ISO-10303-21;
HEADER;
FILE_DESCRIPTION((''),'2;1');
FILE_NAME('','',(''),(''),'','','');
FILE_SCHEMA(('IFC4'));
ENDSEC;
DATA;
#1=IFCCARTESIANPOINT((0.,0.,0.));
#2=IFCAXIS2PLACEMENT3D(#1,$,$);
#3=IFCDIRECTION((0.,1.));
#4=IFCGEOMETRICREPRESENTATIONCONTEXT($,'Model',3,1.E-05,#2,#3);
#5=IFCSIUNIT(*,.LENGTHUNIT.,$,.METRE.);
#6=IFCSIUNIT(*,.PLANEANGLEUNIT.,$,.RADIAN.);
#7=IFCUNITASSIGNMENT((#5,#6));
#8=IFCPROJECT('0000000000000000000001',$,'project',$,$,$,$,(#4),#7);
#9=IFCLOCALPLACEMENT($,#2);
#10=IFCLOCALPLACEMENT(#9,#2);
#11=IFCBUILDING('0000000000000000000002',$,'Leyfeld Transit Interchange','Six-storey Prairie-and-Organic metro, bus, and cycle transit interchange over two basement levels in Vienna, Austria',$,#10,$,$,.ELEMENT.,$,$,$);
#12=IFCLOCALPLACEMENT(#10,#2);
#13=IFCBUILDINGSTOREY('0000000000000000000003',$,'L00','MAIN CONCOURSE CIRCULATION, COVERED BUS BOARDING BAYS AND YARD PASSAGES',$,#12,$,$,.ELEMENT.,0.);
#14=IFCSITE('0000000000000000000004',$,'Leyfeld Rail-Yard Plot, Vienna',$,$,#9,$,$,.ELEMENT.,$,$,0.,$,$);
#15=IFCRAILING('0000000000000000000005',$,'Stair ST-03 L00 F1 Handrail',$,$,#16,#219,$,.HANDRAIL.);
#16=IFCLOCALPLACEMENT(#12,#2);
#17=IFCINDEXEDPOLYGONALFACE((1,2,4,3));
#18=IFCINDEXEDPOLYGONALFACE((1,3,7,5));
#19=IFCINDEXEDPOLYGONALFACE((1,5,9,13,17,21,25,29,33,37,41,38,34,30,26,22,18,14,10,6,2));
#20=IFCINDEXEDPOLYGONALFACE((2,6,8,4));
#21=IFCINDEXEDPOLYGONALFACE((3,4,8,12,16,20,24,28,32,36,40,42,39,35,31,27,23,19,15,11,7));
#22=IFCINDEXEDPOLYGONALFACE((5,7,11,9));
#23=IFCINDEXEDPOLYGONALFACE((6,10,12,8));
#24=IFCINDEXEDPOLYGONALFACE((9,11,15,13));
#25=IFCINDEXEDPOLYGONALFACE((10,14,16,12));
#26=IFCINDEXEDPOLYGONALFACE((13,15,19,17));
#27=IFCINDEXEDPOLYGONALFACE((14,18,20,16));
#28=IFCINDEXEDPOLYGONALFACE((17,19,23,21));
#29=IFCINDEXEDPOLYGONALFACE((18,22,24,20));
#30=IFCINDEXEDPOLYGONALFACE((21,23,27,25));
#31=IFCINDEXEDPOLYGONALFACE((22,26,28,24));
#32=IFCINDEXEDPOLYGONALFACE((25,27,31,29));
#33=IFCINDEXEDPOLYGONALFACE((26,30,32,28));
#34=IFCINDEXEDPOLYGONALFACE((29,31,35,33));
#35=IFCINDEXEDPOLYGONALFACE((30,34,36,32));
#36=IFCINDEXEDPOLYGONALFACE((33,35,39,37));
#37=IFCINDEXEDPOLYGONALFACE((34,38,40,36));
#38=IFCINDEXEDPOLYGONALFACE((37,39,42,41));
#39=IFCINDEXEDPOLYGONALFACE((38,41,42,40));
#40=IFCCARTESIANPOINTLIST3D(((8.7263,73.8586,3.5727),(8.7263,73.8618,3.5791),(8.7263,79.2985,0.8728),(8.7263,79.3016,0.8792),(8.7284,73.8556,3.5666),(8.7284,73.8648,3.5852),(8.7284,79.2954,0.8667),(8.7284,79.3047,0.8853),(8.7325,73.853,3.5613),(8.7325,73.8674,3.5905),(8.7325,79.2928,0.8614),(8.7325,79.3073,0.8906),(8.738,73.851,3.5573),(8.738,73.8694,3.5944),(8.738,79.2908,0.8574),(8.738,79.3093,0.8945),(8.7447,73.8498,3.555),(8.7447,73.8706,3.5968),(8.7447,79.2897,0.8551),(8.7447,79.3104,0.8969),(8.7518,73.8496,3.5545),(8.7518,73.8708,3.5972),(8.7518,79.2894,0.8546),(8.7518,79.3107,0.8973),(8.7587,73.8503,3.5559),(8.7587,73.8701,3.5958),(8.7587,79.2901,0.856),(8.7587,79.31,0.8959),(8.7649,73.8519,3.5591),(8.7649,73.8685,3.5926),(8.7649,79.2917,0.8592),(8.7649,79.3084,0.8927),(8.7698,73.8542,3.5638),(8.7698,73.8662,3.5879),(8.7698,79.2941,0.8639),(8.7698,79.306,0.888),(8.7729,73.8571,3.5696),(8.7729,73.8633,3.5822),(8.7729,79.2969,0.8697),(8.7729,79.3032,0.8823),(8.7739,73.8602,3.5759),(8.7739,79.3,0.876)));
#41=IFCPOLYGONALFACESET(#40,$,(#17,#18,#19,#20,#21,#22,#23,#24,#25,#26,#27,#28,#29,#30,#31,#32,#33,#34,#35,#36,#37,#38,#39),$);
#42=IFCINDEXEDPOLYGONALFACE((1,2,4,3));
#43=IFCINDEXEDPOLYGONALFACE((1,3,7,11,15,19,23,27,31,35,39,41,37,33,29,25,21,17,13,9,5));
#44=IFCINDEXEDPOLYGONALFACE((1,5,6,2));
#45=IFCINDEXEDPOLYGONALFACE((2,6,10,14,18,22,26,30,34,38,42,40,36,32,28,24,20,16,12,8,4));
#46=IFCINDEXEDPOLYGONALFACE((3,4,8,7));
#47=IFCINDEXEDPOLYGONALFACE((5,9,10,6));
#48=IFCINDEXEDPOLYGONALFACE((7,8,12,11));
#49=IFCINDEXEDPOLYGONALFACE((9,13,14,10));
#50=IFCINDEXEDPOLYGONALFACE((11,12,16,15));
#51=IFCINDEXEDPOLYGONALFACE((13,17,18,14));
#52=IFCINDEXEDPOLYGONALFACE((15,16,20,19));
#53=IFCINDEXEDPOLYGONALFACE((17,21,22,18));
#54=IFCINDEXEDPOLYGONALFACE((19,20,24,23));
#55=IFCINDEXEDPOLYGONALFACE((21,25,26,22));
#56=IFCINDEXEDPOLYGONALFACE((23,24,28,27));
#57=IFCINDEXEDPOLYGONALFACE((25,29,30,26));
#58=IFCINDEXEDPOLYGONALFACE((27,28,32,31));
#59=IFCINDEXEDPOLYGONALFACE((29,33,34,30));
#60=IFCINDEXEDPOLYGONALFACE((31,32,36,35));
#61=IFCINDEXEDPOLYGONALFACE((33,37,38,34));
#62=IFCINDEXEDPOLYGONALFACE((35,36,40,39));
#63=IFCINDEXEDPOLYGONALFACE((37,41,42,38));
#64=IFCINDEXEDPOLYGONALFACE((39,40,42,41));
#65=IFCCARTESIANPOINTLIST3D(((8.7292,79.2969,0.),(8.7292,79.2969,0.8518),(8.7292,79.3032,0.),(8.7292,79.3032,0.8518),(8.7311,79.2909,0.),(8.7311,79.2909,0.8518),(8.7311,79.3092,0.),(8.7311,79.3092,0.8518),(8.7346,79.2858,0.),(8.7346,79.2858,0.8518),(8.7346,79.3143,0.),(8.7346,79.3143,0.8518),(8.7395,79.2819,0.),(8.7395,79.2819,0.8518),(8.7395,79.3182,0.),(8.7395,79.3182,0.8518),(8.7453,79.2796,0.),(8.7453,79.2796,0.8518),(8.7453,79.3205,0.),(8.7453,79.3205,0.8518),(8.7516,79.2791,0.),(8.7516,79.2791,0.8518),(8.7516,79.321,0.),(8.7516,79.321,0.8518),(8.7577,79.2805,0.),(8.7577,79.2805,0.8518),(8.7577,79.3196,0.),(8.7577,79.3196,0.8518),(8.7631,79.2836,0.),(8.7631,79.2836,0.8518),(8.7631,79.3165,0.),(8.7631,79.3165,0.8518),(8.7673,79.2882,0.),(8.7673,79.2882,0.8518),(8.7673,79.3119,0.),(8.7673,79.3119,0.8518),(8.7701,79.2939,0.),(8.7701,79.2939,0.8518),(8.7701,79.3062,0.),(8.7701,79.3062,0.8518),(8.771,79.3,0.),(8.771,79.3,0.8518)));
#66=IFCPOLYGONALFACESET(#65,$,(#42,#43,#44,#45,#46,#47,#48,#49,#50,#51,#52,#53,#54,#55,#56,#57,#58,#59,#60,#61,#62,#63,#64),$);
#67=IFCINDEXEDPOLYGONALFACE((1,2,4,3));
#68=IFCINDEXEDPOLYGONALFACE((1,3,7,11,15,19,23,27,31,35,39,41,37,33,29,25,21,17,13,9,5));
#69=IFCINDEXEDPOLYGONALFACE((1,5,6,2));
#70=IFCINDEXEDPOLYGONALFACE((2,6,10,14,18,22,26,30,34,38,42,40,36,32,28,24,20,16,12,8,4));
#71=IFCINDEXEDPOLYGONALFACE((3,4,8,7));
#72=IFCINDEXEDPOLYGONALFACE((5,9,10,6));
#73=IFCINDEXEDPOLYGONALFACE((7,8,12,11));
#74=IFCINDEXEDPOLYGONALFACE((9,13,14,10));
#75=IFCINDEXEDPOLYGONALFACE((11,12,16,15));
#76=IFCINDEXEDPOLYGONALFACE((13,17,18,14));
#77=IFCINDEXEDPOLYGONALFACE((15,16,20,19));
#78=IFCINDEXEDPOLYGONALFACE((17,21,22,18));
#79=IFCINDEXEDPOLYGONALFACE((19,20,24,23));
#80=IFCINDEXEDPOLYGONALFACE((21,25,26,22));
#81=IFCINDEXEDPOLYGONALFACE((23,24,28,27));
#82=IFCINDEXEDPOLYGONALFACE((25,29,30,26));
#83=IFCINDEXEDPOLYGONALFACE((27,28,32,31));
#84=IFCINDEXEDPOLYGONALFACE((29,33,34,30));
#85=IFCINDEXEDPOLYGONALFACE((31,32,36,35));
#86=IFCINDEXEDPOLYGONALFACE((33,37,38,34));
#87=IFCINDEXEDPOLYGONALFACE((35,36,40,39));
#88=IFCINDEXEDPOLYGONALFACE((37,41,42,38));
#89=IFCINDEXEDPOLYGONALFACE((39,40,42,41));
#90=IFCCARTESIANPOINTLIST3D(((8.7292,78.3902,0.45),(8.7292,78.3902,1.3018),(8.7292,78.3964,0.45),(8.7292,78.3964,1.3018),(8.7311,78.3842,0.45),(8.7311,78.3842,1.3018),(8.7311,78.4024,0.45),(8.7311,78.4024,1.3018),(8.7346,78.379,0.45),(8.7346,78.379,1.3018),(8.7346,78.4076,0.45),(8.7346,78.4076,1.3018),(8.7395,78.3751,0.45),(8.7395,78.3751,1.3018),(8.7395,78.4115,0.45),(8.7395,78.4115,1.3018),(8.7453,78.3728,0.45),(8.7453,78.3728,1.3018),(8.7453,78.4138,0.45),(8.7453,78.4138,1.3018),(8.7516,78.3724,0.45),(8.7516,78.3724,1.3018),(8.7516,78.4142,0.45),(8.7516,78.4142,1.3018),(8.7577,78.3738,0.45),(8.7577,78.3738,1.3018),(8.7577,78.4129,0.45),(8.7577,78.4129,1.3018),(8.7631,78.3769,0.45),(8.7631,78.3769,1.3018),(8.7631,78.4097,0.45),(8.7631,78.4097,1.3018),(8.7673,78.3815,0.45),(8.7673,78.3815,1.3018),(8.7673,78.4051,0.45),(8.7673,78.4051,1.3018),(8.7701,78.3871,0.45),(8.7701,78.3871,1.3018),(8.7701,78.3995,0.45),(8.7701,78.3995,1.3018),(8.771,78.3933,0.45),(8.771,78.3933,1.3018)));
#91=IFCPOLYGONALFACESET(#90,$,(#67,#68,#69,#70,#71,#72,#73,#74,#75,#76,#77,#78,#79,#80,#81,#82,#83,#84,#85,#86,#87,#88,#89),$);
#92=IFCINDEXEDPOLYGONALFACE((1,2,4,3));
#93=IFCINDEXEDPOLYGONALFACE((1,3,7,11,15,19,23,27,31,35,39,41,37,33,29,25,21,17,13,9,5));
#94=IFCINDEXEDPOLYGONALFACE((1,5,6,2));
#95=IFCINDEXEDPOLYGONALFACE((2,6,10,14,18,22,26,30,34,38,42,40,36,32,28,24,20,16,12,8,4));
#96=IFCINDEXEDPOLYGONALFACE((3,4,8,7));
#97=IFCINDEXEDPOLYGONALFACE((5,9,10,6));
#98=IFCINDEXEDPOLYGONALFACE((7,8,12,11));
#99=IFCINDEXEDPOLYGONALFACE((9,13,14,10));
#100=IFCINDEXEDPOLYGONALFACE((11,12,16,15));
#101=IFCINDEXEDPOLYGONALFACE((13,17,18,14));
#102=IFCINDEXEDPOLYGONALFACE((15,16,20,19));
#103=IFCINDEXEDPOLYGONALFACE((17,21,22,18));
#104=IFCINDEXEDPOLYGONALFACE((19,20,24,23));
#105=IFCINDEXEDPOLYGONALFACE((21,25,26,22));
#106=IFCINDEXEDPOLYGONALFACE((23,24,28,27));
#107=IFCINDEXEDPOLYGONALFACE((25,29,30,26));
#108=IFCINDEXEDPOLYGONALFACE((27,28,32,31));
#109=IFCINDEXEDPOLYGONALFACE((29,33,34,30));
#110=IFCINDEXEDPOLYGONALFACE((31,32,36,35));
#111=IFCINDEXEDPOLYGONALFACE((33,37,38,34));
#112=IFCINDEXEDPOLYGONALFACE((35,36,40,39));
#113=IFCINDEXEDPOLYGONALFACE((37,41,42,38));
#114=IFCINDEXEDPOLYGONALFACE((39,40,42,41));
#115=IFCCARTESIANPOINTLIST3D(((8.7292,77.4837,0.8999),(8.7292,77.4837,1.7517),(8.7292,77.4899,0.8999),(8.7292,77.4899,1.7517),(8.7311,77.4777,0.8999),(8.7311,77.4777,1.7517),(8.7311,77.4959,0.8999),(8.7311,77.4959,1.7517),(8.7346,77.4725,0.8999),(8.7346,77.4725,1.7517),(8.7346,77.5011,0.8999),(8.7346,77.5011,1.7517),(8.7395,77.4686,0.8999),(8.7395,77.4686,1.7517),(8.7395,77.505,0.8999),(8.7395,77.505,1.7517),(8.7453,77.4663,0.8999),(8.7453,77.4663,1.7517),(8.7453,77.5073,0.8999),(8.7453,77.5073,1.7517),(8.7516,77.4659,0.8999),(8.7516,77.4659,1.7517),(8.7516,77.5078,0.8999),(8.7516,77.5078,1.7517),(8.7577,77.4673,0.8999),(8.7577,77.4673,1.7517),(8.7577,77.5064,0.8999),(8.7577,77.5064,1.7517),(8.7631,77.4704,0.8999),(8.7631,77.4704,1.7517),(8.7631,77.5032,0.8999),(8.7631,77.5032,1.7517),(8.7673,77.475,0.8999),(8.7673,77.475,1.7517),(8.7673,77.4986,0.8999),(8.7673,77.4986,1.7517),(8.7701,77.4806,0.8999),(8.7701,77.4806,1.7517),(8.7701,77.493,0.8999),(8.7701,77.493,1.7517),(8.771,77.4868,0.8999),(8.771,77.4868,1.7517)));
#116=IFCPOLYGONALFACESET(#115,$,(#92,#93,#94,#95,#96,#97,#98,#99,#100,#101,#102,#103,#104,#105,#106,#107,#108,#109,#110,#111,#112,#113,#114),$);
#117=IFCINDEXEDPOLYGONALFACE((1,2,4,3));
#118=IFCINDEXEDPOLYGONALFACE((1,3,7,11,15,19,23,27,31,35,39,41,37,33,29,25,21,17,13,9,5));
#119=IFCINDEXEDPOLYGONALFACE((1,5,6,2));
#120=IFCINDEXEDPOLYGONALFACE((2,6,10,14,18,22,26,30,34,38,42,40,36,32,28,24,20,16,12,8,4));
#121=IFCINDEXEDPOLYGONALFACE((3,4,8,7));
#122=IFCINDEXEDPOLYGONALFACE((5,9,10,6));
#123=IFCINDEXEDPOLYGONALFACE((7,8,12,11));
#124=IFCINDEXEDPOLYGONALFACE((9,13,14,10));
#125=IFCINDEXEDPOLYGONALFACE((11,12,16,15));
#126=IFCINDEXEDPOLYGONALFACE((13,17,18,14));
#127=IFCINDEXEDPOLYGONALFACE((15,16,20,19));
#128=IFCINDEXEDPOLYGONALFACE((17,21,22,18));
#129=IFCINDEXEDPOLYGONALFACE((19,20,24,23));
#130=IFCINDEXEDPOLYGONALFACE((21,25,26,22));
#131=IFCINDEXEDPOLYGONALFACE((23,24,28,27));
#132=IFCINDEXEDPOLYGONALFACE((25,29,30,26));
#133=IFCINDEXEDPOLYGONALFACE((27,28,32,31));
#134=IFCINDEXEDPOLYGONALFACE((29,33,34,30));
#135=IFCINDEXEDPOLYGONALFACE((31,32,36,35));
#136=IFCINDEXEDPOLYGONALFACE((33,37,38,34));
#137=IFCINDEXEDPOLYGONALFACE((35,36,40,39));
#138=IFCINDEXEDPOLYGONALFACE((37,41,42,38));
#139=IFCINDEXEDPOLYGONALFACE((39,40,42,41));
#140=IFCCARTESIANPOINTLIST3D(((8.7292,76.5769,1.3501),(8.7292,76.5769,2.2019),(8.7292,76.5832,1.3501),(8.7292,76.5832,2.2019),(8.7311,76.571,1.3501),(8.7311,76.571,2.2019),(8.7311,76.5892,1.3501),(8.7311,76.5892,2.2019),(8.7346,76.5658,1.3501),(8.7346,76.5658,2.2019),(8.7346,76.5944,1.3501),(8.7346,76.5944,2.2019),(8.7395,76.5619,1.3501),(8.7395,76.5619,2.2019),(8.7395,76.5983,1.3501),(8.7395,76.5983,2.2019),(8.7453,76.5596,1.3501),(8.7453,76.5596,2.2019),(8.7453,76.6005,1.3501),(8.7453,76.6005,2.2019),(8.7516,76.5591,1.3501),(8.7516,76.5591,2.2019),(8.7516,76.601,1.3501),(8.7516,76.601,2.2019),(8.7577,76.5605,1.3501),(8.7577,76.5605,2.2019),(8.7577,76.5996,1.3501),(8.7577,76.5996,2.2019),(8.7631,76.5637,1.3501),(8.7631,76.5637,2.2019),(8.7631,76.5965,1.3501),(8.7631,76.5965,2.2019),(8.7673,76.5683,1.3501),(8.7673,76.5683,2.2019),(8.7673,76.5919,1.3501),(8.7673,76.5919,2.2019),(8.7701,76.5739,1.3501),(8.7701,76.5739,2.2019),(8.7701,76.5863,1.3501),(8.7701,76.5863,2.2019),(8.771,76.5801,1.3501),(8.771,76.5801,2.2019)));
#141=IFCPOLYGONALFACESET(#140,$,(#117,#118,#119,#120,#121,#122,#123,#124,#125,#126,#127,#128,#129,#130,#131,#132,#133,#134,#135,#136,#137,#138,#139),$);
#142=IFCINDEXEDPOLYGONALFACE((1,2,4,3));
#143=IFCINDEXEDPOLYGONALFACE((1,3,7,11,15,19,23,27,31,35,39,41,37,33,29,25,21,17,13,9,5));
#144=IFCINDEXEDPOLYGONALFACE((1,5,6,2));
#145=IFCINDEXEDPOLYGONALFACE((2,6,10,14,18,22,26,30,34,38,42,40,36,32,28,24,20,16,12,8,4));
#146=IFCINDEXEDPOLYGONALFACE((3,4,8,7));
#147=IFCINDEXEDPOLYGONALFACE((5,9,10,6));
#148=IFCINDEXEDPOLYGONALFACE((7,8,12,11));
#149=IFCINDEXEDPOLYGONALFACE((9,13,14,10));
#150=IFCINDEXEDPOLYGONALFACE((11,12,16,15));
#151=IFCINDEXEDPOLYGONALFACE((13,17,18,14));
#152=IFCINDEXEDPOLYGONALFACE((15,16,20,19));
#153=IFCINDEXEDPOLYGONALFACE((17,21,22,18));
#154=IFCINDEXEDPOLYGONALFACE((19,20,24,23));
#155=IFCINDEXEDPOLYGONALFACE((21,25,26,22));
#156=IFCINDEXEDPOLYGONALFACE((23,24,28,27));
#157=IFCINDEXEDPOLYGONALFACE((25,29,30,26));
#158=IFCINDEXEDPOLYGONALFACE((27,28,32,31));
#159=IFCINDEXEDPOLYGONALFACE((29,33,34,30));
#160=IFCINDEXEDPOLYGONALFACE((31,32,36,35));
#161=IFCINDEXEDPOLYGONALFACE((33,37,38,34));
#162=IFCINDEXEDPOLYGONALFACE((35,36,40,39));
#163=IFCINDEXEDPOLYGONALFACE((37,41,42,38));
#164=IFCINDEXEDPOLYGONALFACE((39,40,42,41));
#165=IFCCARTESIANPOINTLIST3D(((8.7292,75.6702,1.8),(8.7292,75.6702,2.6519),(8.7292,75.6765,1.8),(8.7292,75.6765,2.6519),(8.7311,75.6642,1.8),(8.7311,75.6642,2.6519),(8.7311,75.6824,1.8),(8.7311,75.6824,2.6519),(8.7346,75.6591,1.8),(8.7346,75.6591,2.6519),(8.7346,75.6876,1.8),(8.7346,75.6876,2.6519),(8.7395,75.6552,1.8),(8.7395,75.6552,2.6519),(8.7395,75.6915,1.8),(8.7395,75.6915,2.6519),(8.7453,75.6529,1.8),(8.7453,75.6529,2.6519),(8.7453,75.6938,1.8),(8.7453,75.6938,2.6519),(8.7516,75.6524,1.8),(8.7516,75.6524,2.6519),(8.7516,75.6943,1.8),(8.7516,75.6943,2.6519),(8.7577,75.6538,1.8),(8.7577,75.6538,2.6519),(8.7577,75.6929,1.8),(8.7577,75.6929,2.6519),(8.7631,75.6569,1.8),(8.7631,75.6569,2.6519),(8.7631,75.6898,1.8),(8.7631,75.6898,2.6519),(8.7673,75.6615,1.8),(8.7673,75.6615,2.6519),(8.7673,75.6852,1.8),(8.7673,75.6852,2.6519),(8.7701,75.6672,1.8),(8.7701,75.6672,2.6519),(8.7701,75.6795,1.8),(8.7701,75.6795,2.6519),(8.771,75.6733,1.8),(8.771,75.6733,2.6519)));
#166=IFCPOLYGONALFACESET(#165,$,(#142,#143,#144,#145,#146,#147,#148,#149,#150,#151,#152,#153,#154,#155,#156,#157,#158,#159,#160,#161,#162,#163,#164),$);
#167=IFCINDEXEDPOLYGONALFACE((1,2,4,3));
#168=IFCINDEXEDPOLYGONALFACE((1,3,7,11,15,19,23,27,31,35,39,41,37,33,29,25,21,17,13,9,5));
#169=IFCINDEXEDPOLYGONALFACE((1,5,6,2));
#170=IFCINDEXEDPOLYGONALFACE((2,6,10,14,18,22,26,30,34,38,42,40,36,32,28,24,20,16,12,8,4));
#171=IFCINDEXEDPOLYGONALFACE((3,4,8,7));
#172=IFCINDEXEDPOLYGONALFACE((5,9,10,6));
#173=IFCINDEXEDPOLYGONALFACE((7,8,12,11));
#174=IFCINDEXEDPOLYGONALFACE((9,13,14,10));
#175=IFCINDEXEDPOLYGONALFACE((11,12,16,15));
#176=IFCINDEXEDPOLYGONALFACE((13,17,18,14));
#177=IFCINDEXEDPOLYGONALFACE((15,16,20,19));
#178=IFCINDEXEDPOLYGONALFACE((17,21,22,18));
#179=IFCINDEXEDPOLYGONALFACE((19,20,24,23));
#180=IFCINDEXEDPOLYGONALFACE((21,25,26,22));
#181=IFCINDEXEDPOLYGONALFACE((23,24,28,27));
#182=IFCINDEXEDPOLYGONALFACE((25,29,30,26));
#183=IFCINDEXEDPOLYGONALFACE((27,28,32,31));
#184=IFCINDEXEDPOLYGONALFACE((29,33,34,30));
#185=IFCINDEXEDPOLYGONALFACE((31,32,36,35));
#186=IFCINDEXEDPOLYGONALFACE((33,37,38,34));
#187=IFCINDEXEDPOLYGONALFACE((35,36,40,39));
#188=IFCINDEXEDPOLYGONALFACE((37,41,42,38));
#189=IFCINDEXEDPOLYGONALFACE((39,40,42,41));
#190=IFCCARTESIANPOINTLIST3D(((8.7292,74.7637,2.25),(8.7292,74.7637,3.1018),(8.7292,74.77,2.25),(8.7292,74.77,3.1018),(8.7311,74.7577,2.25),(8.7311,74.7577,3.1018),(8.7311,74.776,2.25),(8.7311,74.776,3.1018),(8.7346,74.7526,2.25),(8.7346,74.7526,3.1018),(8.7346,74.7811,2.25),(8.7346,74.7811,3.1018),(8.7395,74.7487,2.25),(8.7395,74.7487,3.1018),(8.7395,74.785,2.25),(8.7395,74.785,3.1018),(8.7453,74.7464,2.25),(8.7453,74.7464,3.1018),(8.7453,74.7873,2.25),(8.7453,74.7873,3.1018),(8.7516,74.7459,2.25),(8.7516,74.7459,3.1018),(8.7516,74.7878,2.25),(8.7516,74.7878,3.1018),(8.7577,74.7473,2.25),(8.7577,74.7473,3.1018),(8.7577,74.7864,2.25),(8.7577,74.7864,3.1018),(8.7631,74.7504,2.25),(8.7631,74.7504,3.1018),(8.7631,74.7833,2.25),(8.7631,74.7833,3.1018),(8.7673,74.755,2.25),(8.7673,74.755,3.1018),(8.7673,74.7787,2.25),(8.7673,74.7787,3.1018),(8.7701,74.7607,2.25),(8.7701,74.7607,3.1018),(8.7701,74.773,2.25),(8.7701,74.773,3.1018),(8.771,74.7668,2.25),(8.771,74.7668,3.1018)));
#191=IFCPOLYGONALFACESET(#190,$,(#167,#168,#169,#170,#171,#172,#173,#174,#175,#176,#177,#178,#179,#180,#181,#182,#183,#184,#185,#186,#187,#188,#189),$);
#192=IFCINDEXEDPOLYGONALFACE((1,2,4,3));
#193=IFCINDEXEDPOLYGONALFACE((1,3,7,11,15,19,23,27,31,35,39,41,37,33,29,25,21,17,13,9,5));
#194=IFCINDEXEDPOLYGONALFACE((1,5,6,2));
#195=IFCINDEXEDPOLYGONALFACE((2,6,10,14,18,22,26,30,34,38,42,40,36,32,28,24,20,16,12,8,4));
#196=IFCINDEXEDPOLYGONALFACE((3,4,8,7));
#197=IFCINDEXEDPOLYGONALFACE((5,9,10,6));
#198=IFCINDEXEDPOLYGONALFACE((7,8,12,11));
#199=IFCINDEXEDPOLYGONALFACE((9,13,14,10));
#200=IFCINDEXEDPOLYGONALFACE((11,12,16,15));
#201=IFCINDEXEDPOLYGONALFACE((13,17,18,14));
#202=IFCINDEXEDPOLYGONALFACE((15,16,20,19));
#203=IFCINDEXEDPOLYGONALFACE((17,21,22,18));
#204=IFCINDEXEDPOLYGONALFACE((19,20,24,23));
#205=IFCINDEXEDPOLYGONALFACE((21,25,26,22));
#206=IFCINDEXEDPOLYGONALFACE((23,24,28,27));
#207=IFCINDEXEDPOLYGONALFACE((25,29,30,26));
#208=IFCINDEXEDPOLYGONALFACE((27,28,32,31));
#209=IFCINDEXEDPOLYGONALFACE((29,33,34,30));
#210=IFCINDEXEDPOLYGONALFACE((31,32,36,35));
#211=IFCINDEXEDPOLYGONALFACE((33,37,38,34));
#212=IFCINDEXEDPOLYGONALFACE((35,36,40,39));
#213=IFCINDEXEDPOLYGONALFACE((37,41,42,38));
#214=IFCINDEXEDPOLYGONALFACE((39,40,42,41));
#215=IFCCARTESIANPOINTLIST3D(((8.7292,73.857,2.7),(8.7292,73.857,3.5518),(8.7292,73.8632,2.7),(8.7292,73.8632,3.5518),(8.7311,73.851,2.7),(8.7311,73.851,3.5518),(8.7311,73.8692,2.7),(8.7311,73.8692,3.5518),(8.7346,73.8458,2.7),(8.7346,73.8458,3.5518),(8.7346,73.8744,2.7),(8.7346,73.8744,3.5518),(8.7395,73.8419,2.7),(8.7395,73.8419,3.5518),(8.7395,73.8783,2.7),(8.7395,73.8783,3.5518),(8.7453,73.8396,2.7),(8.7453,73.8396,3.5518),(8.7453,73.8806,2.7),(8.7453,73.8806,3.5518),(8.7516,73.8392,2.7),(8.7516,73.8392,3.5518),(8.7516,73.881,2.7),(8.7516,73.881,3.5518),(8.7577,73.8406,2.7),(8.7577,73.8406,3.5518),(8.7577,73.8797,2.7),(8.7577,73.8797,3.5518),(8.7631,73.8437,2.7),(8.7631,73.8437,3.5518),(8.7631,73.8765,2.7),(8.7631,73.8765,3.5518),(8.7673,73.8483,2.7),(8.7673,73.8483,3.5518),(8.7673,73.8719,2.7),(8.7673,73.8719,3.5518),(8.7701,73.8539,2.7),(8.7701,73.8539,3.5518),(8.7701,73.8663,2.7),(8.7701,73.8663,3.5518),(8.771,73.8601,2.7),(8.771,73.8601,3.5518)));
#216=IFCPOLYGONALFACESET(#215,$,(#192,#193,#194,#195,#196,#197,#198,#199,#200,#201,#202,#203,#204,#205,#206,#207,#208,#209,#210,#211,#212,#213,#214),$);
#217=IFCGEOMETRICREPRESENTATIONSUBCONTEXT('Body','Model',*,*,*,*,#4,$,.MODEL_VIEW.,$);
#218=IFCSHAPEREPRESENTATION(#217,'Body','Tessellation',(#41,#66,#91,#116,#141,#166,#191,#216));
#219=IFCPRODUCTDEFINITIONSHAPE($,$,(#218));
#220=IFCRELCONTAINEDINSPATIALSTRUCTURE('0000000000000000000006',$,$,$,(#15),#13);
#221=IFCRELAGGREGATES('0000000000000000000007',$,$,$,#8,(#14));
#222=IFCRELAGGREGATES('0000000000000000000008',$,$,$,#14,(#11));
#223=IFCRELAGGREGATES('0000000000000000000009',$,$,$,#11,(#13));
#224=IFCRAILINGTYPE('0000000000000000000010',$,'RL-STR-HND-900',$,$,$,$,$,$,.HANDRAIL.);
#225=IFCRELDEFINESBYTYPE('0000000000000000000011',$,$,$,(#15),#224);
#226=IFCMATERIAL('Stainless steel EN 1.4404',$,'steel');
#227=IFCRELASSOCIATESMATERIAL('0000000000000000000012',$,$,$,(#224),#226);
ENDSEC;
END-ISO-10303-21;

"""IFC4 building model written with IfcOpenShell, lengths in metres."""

from ifc_helpers import new_model, si_unit, direction, frame, origin, origin_2d, place, context, subcontext, project, spatial, circle, extrude, material, type_object, element, save


model = new_model("IFC4")

# Units and contexts
model_context = context("Model", 3, precision=1e-05, world=origin(), true_north=direction((0.0, 1.0)))
body_context = subcontext(model_context, "Body", "Model", "MODEL_VIEW")
ifc_project = project(units=[si_unit("LENGTHUNIT", "METRE"), si_unit("PLANEANGLEUNIT", "RADIAN")], contexts=[model_context])

# Site, building, storey
site_placement = place(None, origin())
site = spatial("IfcSite", under=ifc_project, at=site_placement, Name="Leyfeld Rail-Yard Plot, Vienna", CompositionType="ELEMENT", RefElevation=0.0)
building_placement = place(site_placement, origin())
building = spatial("IfcBuilding", under=site, at=building_placement, Name="Leyfeld Transit Interchange", Description="Six-storey Prairie-and-Organic metro, bus, and cycle transit interchange over two basement levels in Vienna, Austria", CompositionType="ELEMENT")
storey_placement = place(building_placement, origin())
storey = spatial("IfcBuildingStorey", under=building, at=storey_placement, Name="L00", Description="MAIN CONCOURSE CIRCULATION, COVERED BUS BOARDING BAYS AND YARD PASSAGES", CompositionType="ELEMENT", Elevation=0.0)

# Railing
ifc_material_1 = material(Name="Stainless steel EN 1.4404", Category="steel")
railing_type_1 = type_object("IfcRailingType", Name="RL-STR-HND-900", PredefinedType="HANDRAIL", material=ifc_material_1)
railing_1_placement = place(storey_placement, frame((8.75, 79.3, 0.0)))
element("IfcRailing", 1, at=railing_1_placement, inside=storey, type_object=railing_type_1, Name="Stair ST-03 L00 F1 Handrail", PredefinedType="HANDRAIL", context=body_context, shape_type="SweptSolid", body=[
    extrude(circle(Radius=0.0239, at=origin_2d()), frame((0.0, 0.0, 0.876), z_axis=(0.0, -0.895742, 0.444575), x_axis=(1.0, 0.0, 0.0)), (0.0, 0.0, 1.0), 6.073),
    extrude(circle(Radius=0.021, at=origin_2d()), origin(), (0.0, 0.0, 1.0), 0.8518),
    extrude(circle(Radius=0.021, at=origin_2d()), frame((0.0, -0.9067, 0.45)), (0.0, 0.0, 1.0), 0.8518),
    extrude(circle(Radius=0.021, at=origin_2d()), frame((0.0, -1.8132, 0.8999)), (0.0, 0.0, 1.0), 0.8518),
    extrude(circle(Radius=0.021, at=origin_2d()), frame((0.0, -2.72, 1.3501)), (0.0, 0.0, 1.0), 0.8518),
    extrude(circle(Radius=0.021, at=origin_2d()), frame((0.0, -3.6267, 1.8)), (0.0, 0.0, 1.0), 0.8518),
    extrude(circle(Radius=0.021, at=origin_2d()), frame((0.0, -4.5332, 2.25)), (0.0, 0.0, 1.0), 0.8518),
    extrude(circle(Radius=0.021, at=origin_2d()), frame((0.0, -5.4399, 2.7)), (0.0, 0.0, 1.0), 0.8518),
])

save(model, "model.ifc")
